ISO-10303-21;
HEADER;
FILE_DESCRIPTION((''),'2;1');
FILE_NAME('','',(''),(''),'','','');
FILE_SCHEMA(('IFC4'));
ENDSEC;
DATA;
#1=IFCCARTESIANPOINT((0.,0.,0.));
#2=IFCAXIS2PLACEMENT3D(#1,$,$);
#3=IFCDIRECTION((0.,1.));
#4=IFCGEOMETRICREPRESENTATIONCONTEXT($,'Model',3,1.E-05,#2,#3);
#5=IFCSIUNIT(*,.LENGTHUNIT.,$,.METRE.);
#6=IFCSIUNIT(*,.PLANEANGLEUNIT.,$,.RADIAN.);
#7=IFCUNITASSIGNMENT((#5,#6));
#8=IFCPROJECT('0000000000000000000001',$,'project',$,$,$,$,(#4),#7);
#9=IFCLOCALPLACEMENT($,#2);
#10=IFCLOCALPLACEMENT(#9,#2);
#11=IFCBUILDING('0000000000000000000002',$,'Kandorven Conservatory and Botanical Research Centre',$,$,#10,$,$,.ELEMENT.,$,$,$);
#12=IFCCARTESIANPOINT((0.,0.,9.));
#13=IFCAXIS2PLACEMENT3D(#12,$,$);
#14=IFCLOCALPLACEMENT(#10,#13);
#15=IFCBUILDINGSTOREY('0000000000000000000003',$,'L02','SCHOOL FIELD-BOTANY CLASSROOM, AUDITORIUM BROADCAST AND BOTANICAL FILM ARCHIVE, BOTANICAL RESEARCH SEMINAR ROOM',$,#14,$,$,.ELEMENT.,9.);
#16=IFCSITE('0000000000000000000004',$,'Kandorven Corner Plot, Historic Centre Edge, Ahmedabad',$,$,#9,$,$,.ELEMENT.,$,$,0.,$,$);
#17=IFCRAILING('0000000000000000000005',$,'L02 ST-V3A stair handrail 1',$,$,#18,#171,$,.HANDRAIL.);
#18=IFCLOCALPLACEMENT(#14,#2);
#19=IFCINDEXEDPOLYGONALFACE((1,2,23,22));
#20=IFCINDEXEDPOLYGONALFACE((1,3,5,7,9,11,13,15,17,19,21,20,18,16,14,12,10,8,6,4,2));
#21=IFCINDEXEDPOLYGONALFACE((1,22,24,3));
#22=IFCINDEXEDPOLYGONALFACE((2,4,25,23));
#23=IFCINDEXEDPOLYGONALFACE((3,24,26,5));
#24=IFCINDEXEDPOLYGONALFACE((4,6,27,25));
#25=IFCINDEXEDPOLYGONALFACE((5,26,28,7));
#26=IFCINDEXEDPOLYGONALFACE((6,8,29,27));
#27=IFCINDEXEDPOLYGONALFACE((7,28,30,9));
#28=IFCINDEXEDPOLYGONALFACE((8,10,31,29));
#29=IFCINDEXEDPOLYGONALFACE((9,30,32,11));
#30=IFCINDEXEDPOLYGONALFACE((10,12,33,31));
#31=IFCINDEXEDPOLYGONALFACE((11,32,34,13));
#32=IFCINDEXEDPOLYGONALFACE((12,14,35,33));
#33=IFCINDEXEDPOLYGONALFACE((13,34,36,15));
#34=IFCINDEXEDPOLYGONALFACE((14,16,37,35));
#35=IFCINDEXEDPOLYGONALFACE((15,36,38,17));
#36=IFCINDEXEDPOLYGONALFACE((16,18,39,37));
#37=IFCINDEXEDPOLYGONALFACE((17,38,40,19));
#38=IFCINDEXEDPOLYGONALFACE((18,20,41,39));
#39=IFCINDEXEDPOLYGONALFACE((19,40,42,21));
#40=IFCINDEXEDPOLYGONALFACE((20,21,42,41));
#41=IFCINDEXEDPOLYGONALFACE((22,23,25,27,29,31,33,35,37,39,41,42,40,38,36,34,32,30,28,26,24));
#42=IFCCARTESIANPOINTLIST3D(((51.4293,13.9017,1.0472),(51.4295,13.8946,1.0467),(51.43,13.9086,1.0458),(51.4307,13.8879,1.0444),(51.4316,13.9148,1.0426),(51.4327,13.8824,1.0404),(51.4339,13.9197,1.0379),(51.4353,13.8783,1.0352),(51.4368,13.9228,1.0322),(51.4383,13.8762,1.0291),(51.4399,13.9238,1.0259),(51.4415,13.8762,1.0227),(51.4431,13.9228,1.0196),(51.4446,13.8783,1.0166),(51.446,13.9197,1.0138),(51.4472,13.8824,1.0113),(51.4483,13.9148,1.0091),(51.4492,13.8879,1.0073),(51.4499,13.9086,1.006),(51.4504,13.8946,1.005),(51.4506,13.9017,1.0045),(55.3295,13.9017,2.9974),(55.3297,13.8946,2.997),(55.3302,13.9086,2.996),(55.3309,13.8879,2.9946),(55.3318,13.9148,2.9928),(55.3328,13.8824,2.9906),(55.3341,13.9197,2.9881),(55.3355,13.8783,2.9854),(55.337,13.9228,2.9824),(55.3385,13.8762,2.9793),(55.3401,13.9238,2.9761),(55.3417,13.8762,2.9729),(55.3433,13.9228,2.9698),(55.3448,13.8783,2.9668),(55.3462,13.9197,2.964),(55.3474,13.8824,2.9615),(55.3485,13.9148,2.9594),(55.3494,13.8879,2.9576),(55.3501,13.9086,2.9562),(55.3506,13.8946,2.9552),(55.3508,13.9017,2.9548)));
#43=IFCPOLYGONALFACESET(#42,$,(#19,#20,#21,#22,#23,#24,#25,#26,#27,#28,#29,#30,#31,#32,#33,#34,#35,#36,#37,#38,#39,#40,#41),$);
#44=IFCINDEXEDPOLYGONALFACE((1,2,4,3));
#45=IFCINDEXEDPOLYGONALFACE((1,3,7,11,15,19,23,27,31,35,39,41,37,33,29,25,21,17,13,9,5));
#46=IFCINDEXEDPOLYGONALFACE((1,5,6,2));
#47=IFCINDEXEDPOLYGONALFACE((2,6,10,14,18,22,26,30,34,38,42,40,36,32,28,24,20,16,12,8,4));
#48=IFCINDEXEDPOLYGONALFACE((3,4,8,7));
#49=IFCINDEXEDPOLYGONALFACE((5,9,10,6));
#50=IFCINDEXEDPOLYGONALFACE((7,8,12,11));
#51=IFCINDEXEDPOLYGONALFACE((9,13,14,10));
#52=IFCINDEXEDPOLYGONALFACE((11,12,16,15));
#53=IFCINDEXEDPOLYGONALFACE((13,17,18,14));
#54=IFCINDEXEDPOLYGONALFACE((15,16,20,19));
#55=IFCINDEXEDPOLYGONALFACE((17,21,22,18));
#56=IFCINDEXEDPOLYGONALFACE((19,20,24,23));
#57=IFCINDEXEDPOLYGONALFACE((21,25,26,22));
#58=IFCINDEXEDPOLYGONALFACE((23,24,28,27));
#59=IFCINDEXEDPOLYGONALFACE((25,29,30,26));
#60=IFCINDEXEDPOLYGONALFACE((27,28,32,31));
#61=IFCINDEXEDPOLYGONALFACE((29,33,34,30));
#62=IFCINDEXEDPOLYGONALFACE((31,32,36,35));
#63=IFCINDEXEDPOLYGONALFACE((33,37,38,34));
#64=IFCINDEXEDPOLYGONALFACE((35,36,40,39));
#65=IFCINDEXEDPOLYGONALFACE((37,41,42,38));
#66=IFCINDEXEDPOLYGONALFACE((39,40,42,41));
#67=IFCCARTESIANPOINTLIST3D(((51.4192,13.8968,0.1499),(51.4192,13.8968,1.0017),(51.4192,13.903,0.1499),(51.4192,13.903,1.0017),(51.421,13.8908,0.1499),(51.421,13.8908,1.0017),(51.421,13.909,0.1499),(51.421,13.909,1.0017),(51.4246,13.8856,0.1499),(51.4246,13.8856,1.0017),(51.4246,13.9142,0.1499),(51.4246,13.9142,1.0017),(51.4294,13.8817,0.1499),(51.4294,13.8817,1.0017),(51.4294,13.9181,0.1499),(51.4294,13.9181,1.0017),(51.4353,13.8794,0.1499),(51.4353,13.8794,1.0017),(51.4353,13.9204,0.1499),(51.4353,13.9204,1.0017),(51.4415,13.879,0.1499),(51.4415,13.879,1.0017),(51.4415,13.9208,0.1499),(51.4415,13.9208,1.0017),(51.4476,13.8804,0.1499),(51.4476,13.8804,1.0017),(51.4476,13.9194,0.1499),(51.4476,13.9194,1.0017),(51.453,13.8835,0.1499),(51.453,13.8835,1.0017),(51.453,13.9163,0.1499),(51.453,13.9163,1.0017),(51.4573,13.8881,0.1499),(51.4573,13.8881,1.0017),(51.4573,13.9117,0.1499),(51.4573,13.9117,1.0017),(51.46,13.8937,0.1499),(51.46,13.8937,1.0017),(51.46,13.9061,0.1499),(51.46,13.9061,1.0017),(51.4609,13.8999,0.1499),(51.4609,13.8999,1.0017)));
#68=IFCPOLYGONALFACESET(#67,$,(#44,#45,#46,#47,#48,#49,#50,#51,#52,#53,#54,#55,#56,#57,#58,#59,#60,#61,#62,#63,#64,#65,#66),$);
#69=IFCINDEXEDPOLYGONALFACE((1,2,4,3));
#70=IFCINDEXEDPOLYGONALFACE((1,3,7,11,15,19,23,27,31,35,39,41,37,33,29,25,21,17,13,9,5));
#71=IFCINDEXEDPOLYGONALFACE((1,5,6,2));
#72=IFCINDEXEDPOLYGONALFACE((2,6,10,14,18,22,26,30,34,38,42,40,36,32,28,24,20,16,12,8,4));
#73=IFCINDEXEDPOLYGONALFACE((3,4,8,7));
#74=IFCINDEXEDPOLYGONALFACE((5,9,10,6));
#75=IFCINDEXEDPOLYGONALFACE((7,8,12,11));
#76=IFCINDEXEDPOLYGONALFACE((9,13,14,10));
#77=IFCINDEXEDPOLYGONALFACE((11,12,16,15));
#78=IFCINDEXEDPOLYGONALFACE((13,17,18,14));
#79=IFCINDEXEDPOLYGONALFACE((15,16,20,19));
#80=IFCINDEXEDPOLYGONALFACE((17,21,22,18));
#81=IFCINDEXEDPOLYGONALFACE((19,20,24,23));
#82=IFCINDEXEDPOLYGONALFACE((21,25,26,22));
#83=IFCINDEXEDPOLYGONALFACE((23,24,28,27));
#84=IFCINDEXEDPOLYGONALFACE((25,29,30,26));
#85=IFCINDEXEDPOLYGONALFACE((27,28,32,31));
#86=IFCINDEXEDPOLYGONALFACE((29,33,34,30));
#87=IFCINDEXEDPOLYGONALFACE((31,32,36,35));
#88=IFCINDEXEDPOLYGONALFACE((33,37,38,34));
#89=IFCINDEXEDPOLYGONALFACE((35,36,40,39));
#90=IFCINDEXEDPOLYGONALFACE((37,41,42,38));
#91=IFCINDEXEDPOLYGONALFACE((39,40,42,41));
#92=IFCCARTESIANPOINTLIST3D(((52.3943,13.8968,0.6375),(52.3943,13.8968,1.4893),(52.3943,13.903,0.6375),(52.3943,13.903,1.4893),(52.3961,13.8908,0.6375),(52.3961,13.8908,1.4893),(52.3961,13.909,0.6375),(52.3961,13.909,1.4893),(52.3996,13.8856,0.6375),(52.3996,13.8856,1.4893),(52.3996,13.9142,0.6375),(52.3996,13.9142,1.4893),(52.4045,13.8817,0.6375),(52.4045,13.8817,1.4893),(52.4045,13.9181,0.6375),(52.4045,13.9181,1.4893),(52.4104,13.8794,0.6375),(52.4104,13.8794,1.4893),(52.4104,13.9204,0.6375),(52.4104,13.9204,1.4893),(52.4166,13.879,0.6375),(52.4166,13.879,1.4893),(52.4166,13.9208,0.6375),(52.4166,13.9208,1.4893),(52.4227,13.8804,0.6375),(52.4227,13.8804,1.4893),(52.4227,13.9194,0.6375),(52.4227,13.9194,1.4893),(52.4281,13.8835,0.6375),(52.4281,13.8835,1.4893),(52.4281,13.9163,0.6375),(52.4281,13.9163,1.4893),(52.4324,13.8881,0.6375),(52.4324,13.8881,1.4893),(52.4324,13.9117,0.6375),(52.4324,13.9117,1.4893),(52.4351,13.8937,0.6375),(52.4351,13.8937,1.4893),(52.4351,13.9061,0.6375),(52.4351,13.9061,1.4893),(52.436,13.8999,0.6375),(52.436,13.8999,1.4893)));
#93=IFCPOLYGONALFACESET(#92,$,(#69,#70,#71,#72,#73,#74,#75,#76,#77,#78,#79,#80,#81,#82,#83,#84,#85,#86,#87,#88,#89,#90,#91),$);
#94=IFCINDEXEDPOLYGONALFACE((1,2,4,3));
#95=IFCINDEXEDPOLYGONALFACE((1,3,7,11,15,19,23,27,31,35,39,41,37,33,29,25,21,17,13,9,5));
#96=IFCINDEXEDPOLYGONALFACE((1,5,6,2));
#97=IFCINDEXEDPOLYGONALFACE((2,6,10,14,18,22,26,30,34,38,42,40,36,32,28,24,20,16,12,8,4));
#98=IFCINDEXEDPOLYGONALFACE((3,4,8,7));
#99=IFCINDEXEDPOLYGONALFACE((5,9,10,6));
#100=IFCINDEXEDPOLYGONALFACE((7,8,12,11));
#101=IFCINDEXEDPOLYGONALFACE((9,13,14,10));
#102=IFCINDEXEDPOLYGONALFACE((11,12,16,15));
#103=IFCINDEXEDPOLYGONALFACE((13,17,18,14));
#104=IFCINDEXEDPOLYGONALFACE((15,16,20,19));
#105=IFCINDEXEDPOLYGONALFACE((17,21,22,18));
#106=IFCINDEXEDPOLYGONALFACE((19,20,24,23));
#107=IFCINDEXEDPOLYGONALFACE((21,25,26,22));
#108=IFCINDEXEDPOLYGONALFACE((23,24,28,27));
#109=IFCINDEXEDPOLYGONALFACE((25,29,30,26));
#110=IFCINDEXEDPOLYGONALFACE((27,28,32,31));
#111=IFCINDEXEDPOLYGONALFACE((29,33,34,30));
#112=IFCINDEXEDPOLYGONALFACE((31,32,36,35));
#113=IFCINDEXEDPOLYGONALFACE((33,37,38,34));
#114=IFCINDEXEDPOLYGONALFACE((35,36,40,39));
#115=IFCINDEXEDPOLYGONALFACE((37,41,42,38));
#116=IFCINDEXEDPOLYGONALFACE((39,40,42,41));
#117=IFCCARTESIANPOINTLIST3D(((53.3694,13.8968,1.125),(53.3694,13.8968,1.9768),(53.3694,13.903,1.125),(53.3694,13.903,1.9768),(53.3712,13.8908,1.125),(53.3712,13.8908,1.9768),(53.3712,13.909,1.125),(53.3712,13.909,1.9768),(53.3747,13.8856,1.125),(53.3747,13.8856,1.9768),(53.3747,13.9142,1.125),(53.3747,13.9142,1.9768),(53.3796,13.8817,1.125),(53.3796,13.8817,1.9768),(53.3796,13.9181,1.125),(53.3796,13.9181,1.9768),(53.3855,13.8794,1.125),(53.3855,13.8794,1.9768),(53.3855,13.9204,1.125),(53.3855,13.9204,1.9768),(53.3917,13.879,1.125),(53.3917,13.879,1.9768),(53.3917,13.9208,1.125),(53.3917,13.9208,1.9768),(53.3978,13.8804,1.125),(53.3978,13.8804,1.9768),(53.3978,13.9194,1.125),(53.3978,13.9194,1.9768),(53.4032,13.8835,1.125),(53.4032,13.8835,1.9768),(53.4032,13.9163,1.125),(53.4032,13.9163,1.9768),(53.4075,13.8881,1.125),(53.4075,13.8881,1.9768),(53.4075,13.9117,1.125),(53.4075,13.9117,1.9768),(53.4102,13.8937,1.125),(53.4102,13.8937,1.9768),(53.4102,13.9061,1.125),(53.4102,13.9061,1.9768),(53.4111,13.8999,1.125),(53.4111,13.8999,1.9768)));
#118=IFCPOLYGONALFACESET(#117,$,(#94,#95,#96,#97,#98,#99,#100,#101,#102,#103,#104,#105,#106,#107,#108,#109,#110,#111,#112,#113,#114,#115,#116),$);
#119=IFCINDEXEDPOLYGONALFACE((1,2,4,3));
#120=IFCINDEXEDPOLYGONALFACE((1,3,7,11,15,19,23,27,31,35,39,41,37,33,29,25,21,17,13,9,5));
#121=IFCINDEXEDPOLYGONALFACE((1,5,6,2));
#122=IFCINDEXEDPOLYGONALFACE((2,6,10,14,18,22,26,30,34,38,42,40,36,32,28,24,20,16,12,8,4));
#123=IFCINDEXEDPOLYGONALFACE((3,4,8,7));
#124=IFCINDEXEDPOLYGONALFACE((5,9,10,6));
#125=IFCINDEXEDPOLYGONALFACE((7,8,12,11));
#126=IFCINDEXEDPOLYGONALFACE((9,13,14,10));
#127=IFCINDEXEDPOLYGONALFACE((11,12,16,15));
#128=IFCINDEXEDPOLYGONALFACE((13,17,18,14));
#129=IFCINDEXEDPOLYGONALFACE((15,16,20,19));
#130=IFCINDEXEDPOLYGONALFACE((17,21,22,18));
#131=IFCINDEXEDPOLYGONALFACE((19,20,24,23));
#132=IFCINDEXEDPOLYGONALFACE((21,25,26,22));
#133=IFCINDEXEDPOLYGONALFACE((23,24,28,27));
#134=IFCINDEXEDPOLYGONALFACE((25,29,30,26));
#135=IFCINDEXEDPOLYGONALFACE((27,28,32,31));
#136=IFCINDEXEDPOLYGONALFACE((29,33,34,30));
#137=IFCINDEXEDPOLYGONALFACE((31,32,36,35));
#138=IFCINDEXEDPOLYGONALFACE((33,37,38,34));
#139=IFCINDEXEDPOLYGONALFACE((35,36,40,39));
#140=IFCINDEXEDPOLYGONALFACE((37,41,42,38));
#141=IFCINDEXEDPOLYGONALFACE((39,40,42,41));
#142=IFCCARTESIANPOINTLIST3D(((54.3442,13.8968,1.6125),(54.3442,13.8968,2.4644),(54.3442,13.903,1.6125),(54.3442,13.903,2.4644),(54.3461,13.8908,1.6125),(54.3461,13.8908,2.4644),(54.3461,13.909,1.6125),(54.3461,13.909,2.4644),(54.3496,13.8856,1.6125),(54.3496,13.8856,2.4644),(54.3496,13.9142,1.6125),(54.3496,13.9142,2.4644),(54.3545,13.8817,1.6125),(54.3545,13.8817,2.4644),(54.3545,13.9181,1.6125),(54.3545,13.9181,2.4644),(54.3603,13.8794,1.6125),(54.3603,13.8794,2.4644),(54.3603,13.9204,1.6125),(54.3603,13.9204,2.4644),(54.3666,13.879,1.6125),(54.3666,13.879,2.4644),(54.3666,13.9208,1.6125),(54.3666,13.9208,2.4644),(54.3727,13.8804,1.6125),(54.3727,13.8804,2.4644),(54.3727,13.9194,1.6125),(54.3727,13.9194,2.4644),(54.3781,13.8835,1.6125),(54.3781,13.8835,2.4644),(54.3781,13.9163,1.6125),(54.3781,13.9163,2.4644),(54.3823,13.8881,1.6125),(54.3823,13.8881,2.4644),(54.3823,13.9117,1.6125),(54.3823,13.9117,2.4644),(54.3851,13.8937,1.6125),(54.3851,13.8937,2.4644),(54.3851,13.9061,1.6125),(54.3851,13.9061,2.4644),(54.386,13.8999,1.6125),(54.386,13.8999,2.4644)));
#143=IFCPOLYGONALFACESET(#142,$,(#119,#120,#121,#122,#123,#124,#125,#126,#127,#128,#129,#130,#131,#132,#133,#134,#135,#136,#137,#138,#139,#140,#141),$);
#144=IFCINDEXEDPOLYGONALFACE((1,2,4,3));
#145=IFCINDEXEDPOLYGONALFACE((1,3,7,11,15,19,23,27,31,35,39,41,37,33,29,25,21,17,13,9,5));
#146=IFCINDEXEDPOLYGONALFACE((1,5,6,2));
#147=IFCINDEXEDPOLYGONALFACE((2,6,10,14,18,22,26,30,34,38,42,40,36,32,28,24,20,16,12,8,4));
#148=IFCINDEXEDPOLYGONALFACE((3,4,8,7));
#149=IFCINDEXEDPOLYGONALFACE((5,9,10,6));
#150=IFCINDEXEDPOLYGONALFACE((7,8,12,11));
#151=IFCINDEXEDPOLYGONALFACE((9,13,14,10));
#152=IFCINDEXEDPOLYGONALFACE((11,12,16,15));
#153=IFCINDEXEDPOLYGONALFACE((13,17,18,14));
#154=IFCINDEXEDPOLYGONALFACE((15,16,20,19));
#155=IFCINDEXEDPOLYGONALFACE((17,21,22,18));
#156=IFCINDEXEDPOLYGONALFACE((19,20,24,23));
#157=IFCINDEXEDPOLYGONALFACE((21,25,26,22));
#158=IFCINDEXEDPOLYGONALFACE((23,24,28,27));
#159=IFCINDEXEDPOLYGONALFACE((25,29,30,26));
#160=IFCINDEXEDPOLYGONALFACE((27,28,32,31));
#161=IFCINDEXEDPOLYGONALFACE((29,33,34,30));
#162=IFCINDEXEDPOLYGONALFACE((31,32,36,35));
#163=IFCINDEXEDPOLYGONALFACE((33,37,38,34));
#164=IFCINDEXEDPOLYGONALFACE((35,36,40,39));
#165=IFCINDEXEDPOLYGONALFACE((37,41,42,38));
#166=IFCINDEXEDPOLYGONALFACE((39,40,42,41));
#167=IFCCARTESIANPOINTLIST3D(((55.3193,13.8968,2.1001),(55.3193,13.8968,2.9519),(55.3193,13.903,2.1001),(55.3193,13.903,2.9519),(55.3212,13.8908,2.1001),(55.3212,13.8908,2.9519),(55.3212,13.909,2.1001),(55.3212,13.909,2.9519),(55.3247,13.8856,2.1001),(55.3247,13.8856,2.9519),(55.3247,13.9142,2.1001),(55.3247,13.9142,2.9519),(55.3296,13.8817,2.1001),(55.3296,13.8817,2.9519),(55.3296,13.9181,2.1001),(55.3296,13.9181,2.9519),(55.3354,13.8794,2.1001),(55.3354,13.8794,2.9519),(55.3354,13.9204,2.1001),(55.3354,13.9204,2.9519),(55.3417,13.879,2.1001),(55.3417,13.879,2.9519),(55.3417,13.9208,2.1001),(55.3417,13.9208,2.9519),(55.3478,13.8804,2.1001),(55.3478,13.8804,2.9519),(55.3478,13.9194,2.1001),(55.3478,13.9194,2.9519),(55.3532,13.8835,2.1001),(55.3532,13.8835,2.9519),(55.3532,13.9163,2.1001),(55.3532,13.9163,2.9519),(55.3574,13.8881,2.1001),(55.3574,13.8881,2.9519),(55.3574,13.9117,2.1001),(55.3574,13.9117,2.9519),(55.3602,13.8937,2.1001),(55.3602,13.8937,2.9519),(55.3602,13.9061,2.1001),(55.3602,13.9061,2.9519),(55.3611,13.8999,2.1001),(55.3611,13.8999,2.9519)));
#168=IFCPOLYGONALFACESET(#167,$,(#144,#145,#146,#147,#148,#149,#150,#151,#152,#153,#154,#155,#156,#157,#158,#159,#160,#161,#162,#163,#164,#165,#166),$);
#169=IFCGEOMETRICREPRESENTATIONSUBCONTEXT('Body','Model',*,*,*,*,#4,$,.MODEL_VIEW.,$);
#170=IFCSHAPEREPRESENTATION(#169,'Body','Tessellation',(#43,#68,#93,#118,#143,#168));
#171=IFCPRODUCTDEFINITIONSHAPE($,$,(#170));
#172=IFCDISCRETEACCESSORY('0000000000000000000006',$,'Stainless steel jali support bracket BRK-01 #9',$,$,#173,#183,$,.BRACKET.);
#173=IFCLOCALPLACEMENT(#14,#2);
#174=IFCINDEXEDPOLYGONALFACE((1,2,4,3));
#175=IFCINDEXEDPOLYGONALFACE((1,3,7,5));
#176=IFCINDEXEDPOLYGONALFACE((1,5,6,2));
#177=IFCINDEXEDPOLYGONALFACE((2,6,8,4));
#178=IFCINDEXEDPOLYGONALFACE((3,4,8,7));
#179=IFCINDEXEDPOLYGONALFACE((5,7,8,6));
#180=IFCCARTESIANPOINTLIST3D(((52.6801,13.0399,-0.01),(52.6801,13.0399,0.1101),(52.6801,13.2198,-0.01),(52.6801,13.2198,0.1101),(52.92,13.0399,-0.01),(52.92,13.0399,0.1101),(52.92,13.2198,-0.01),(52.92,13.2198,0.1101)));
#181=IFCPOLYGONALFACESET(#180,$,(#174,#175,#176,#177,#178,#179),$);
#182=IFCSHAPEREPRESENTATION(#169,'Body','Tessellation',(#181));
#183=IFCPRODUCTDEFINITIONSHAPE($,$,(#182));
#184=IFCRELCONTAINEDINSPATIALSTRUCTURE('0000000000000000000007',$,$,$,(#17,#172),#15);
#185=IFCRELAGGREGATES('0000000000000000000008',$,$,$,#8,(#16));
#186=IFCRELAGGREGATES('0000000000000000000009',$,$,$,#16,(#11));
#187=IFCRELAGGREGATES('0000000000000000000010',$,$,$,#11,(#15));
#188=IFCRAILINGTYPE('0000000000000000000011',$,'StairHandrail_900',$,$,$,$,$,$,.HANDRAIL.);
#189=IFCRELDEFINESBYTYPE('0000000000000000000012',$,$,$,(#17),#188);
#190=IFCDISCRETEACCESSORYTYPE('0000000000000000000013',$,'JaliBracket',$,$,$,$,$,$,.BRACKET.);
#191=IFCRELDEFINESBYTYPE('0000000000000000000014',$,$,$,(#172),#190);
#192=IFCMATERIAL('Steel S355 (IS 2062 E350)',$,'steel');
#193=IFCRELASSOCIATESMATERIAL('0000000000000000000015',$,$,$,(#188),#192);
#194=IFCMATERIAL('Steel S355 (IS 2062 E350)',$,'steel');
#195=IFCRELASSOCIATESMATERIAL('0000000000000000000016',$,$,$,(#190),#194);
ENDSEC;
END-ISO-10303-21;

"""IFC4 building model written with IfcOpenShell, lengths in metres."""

from ifc_helpers import new_model, si_unit, direction, frame, origin, origin_2d, place, context, subcontext, project, spatial, rectangle, circle, extrude, material, type_object, element, save


model = new_model("IFC4")

# Units and contexts
model_context = context("Model", 3, precision=1e-05, world=origin(), true_north=direction((0.0, 1.0)))
body_context = subcontext(model_context, "Body", "Model", "MODEL_VIEW")
ifc_project = project(units=[si_unit("LENGTHUNIT", "METRE"), si_unit("PLANEANGLEUNIT", "RADIAN")], contexts=[model_context])

# Site, building, storey
site_placement = place(None, origin())
site = spatial("IfcSite", under=ifc_project, at=site_placement, Name="Kandorven Corner Plot, Historic Centre Edge, Ahmedabad", CompositionType="ELEMENT", RefElevation=0.0)
building_placement = place(site_placement, origin())
building = spatial("IfcBuilding", under=site, at=building_placement, Name="Kandorven Conservatory and Botanical Research Centre", CompositionType="ELEMENT")
storey_placement = place(building_placement, frame((0.0, 0.0, 9.0)))
storey = spatial("IfcBuildingStorey", under=building, at=storey_placement, Name="L02", Description="SCHOOL FIELD-BOTANY CLASSROOM, AUDITORIUM BROADCAST AND BOTANICAL FILM ARCHIVE, BOTANICAL RESEARCH SEMINAR ROOM", CompositionType="ELEMENT", Elevation=9.0)

# Railing
ifc_material_1 = material(Name="Steel S355 (IS 2062 E350)", Category="steel")
railing_type_1 = type_object("IfcRailingType", Name="StairHandrail_900", PredefinedType="HANDRAIL", material=ifc_material_1)
railing_1_placement = place(storey_placement, frame((51.4399, 13.8999, 0.1499)))
element("IfcRailing", 1, at=railing_1_placement, inside=storey, type_object=railing_type_1, Name="L02 ST-V3A stair handrail 1", PredefinedType="HANDRAIL", context=body_context, shape_type="SweptSolid", body=[
    extrude(circle(Radius=0.0239, at=origin_2d()), frame((0.0, 0.0, 0.876), z_axis=(0.894416, 0.0, 0.447236), x_axis=(0.0, 1.0, 0.0)), (0.0, 0.0, 1.0), 4.3606),
    extrude(circle(Radius=0.021, at=origin_2d()), origin(), (0.0, 0.0, 1.0), 0.8518),
    extrude(circle(Radius=0.021, at=origin_2d()), frame((0.9751, 0.0, 0.4875)), (0.0, 0.0, 1.0), 0.8518),
    extrude(circle(Radius=0.021, at=origin_2d()), frame((1.9502, 0.0, 0.9751)), (0.0, 0.0, 1.0), 0.8518),
    extrude(circle(Radius=0.021, at=origin_2d()), frame((2.925, 0.0, 1.4626)), (0.0, 0.0, 1.0), 0.8518),
    extrude(circle(Radius=0.021, at=origin_2d()), frame((3.9001, 0.0, 1.9502)), (0.0, 0.0, 1.0), 0.8518),
])

# Discrete accessory
ifc_material_2 = material(Name="Steel S355 (IS 2062 E350)", Category="steel")
discrete_accessory_type = type_object("IfcDiscreteAccessoryType", Name="JaliBracket", PredefinedType="BRACKET", material=ifc_material_2)
discrete_accessory_placement = place(storey_placement, frame((52.8, 13.1299, -0.01), z_axis=(0.0, 0.0, 1.0), x_axis=(1.0, 0.0, 0.0)))
element("IfcDiscreteAccessory", 2, at=discrete_accessory_placement, inside=storey, type_object=discrete_accessory_type, Name="Stainless steel jali support bracket BRK-01 #9", PredefinedType="BRACKET", context=body_context, shape_type="SweptSolid", body=[
    extrude(rectangle(XDim=0.24, YDim=0.1799, at=origin_2d()), origin(), (0.0, 0.0, 1.0), 0.1201),
])

save(model, "model.ifc")
